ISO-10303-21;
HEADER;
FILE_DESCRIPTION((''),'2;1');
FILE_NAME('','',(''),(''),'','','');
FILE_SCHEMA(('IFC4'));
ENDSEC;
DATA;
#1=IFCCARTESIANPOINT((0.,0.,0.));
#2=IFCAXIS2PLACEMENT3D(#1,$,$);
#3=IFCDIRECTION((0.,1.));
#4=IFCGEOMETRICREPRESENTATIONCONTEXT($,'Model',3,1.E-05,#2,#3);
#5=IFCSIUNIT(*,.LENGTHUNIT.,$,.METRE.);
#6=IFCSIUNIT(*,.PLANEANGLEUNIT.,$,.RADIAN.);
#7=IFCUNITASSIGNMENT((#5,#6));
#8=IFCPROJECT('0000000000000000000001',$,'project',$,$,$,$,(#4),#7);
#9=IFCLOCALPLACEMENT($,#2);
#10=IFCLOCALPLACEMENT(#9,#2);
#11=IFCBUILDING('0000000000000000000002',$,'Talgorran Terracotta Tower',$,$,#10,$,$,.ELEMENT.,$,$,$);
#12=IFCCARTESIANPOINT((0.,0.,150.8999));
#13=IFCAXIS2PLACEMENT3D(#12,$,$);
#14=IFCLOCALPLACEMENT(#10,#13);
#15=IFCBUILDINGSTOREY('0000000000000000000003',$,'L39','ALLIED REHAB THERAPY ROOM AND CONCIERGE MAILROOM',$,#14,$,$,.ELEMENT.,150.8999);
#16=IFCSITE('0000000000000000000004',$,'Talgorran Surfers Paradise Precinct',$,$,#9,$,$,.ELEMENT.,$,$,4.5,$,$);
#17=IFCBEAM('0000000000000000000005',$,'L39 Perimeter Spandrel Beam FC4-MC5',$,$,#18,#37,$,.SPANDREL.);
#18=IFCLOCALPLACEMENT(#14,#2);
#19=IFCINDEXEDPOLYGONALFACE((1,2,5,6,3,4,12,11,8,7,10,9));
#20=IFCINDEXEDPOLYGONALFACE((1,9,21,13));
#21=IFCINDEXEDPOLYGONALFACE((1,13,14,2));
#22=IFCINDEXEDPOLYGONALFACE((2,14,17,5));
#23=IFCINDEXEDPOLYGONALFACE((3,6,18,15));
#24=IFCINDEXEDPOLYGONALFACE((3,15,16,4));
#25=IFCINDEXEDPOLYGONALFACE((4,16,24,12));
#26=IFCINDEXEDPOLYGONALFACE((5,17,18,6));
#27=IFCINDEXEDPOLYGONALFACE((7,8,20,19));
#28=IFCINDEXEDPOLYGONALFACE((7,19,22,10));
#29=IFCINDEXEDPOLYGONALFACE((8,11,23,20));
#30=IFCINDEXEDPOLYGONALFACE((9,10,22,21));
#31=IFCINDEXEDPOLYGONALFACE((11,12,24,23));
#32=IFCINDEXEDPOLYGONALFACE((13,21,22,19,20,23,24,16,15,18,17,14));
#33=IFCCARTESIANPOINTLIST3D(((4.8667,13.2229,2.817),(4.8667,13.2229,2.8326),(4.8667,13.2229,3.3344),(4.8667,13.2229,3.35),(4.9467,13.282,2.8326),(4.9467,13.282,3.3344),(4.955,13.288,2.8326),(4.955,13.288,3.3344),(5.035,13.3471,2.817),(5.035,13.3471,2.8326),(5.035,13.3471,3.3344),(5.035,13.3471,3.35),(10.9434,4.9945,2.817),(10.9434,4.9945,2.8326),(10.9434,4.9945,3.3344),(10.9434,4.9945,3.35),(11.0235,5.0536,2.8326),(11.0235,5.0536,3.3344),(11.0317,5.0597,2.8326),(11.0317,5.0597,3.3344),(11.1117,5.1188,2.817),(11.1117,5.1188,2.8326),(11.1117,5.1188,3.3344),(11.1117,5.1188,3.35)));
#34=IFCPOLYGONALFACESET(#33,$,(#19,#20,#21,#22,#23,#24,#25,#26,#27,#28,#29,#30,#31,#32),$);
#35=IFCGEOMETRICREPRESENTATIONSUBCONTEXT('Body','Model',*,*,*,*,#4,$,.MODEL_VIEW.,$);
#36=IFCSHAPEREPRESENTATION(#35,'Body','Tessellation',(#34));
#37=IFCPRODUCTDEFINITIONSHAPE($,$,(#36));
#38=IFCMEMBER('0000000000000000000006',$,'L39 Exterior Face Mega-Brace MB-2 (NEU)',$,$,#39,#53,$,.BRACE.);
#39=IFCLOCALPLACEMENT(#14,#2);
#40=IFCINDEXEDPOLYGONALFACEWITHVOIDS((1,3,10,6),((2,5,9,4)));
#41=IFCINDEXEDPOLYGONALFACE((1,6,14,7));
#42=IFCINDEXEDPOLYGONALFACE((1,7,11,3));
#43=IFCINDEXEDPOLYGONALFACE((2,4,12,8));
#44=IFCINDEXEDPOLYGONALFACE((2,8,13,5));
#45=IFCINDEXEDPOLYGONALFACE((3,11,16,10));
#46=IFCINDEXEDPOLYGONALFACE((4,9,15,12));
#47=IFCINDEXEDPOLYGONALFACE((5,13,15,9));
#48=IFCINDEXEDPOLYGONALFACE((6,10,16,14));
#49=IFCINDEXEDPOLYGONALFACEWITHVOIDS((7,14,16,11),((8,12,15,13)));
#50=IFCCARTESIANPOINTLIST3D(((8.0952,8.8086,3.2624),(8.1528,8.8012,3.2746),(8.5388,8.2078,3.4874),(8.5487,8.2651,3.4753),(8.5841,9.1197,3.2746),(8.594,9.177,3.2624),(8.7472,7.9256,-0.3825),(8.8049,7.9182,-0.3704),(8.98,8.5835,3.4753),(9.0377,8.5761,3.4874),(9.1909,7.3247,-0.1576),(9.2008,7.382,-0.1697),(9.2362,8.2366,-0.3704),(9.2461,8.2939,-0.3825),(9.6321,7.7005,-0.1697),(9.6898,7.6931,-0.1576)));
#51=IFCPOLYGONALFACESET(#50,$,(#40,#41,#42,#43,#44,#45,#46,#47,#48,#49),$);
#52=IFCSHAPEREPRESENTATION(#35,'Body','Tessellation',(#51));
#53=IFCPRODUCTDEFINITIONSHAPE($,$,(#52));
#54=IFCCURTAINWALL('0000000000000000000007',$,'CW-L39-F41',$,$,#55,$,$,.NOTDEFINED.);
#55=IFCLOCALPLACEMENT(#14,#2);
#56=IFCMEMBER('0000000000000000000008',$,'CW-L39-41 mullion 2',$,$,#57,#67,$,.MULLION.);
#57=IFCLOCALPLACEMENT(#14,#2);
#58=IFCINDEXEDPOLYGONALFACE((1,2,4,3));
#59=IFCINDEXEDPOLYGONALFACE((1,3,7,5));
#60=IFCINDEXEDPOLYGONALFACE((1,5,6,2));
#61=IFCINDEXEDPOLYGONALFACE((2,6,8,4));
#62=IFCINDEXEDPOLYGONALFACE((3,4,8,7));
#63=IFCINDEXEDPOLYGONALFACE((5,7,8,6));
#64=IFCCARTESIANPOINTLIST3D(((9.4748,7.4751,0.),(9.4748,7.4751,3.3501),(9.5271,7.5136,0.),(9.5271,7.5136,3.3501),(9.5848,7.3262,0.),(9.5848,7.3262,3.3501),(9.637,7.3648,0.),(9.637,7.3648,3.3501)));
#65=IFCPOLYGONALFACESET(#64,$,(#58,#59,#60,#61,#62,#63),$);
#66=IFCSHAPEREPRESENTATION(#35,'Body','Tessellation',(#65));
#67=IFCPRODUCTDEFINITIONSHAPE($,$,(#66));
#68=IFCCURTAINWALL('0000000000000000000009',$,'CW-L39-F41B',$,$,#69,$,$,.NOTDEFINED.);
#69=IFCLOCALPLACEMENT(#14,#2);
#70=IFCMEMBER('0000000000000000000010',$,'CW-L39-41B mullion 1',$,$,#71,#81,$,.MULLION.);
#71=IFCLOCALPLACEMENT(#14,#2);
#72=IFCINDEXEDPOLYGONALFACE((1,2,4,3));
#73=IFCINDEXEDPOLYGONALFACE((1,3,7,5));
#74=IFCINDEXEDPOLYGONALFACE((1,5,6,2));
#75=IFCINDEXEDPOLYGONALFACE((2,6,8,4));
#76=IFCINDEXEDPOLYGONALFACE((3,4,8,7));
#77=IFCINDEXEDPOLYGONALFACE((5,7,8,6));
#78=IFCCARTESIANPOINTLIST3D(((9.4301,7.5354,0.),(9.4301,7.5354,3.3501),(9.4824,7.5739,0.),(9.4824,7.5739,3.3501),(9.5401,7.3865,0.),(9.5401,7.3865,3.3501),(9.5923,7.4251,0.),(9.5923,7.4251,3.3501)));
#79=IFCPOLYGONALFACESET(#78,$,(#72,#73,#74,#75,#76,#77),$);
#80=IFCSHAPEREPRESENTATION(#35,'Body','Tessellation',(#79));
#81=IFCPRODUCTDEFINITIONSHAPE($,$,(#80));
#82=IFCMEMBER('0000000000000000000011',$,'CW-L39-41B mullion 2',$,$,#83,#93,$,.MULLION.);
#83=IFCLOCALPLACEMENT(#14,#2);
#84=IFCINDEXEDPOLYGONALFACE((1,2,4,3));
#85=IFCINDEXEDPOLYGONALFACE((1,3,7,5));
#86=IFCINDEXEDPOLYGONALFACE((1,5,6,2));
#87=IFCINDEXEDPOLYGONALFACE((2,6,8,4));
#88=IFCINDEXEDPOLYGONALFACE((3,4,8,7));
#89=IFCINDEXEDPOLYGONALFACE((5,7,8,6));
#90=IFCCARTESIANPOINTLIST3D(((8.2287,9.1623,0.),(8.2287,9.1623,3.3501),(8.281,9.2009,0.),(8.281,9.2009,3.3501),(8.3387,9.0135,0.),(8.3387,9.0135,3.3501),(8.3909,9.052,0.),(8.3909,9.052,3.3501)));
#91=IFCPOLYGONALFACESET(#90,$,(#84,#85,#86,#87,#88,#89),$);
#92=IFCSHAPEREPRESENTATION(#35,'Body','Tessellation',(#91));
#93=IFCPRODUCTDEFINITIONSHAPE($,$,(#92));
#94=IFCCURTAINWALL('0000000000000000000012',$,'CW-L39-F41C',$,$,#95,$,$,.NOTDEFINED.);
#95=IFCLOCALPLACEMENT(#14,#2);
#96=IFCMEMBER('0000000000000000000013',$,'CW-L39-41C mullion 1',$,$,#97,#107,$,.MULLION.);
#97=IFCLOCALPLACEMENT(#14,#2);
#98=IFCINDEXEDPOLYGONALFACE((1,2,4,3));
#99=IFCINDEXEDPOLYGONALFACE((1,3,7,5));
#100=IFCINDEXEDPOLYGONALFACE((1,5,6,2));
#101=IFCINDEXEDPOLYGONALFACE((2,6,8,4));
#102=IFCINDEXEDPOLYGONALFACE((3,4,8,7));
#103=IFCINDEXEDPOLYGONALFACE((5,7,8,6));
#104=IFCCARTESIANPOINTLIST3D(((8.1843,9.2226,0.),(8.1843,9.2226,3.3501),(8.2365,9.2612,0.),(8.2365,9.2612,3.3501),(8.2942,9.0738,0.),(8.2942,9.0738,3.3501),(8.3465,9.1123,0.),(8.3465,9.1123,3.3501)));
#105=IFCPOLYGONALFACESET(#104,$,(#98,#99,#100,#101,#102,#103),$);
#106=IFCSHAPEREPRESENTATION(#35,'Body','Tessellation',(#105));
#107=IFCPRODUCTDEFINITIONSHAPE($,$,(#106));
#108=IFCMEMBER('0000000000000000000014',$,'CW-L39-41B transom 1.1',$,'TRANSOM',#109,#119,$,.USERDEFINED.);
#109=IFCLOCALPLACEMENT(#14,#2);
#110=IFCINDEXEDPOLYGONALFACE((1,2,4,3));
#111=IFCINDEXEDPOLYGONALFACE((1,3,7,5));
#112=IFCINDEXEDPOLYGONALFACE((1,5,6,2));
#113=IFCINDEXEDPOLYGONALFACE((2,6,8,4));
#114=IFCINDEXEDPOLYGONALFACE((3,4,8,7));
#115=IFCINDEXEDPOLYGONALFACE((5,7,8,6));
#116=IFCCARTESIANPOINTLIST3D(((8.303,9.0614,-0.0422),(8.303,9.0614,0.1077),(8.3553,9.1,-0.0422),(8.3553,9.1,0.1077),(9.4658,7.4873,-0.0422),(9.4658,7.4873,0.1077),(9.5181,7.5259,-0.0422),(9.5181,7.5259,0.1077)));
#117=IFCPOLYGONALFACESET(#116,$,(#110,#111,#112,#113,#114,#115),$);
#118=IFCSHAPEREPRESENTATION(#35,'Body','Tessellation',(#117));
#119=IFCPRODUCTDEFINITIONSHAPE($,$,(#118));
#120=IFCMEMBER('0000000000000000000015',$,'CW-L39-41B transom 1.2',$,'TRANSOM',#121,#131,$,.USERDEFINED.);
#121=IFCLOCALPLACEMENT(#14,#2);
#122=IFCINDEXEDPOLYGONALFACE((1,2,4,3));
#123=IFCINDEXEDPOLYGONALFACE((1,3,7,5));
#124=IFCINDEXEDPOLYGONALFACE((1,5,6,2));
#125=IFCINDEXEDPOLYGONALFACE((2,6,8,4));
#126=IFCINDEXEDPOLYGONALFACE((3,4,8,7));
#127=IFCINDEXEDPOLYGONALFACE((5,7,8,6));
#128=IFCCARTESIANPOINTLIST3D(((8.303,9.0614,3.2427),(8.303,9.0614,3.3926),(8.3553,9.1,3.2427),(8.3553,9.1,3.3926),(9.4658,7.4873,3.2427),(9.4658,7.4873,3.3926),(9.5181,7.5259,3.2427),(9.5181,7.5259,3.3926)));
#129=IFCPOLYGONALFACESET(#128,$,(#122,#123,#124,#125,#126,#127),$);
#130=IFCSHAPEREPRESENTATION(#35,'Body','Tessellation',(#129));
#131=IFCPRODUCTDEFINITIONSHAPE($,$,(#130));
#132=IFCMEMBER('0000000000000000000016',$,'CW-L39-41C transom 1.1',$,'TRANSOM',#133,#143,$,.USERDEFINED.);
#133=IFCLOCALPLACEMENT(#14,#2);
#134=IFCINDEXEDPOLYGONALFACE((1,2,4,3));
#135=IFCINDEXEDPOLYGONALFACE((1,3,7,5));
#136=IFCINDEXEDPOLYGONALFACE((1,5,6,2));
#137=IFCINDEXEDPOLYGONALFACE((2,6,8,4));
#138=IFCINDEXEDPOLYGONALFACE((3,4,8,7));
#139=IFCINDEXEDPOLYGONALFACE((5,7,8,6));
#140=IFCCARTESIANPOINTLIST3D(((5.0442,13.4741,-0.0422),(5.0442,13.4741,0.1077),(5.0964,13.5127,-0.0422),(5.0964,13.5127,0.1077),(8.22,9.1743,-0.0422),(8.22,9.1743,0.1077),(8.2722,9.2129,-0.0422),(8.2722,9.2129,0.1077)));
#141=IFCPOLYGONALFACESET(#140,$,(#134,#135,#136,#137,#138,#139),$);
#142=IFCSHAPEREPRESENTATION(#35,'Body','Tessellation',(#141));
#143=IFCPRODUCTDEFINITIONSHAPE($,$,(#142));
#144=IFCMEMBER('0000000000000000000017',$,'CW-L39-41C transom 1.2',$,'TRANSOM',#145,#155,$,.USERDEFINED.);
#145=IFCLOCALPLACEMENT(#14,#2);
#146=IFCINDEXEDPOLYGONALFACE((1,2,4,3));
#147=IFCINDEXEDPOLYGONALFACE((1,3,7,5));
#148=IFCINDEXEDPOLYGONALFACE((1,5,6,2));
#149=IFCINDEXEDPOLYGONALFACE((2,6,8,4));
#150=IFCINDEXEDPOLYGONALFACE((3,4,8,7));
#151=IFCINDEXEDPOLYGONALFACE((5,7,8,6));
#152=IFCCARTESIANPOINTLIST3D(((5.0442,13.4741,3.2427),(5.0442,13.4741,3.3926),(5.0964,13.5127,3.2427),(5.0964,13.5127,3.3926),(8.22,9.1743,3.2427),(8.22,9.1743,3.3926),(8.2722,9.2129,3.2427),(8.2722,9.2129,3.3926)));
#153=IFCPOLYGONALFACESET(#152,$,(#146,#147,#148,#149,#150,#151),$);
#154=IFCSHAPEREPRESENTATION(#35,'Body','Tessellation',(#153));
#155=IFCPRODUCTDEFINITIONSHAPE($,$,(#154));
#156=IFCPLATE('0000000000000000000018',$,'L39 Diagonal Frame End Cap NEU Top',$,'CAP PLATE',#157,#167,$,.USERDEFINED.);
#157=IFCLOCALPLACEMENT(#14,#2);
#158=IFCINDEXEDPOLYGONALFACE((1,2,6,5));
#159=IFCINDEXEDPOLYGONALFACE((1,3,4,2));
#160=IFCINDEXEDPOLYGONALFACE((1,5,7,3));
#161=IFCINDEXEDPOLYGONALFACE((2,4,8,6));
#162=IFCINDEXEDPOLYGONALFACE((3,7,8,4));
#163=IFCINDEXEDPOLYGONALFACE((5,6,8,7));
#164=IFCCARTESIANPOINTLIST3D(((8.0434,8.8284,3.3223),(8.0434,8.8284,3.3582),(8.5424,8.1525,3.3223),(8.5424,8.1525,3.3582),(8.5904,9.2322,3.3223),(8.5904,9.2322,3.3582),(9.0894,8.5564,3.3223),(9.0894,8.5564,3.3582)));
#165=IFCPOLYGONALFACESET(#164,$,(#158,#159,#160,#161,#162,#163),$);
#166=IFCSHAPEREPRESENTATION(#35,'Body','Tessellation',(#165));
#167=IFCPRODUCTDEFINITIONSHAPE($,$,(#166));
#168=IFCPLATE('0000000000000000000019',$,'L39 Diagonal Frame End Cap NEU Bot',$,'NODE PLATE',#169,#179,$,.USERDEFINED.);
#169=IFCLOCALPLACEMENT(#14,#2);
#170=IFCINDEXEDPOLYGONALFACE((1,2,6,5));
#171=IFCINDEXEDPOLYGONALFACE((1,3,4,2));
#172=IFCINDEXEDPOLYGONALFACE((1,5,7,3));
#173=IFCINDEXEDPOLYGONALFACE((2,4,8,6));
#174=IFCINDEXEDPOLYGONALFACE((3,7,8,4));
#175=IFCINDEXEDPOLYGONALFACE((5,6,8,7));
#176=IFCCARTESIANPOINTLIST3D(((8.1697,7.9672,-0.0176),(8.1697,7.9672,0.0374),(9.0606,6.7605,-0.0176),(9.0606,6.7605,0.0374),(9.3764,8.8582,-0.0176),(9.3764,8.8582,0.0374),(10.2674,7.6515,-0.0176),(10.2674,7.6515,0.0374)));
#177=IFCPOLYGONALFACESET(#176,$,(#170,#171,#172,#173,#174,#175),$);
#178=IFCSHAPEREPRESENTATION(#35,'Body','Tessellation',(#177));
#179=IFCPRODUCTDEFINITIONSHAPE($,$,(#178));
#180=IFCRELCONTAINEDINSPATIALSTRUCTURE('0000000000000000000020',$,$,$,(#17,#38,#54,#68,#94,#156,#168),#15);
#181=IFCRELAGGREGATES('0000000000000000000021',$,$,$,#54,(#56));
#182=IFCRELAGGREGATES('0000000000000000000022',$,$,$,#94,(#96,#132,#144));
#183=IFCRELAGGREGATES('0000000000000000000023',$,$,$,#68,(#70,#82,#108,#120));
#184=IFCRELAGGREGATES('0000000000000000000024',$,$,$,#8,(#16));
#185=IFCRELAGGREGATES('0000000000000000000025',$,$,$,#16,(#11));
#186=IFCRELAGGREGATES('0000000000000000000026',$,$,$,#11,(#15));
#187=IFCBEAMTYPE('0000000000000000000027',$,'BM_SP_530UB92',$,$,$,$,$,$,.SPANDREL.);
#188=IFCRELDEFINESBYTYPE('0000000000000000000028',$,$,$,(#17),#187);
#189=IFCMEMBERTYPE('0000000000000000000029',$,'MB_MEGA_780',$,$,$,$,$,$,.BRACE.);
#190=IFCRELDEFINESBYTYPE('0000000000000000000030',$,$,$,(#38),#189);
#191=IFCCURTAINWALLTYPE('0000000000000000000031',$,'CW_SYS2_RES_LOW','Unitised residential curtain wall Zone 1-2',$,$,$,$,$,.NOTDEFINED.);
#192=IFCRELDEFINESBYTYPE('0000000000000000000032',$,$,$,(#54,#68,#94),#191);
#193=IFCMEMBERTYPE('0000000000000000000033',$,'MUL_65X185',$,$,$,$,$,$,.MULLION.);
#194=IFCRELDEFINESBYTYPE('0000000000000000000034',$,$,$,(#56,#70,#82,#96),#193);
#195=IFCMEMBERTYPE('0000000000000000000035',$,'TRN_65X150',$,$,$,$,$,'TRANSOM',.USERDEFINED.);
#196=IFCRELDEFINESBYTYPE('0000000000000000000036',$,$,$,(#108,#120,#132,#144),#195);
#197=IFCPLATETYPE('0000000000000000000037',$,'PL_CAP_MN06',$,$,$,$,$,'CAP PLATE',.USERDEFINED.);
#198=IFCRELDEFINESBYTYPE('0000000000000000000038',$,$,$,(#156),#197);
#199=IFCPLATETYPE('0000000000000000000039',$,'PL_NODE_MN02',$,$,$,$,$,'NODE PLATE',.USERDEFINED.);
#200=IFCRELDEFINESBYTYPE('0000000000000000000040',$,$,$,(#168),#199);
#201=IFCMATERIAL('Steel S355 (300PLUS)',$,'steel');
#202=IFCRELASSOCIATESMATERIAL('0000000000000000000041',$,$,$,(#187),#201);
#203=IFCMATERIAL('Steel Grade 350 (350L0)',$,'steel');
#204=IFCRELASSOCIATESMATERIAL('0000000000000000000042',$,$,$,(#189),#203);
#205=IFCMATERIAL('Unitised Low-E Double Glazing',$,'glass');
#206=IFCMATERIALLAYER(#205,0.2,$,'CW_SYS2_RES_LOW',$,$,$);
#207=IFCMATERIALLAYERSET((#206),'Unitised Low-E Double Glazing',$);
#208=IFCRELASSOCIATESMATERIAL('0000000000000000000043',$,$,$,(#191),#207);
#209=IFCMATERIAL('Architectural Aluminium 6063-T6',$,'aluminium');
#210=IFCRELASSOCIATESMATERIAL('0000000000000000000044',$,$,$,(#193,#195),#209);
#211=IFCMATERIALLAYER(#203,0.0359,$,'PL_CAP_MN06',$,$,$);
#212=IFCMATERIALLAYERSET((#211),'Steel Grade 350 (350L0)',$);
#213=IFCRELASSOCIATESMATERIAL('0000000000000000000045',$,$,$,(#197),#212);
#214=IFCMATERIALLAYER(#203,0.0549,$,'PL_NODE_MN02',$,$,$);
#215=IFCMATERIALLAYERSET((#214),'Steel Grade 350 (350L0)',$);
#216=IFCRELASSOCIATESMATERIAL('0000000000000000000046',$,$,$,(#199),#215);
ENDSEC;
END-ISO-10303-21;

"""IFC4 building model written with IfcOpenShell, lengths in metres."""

from ifc_helpers import new_model, si_unit, direction, frame, origin, origin_2d, place, context, subcontext, project, spatial, rectangle, hollow_rectangle, i_section, extrude, material, layer, layer_set, material_profile, profile_set, type_object, element, aggregate, save


model = new_model("IFC4")

# Units and contexts
model_context = context("Model", 3, precision=1e-05, world=origin(), true_north=direction((0.0, 1.0)))
body_context = subcontext(model_context, "Body", "Model", "MODEL_VIEW")
ifc_project = project(units=[si_unit("LENGTHUNIT", "METRE"), si_unit("PLANEANGLEUNIT", "RADIAN")], contexts=[model_context])

# Site, building, storey
site_placement = place(None, origin())
site = spatial("IfcSite", under=ifc_project, at=site_placement, Name="Talgorran Surfers Paradise Precinct", CompositionType="ELEMENT", RefElevation=4.5)
building_placement = place(site_placement, origin())
building = spatial("IfcBuilding", under=site, at=building_placement, Name="Talgorran Terracotta Tower", CompositionType="ELEMENT")
storey_placement = place(building_placement, frame((0.0, 0.0, 150.8999)))
storey = spatial("IfcBuildingStorey", under=building, at=storey_placement, Name="L39", Description="ALLIED REHAB THERAPY ROOM AND CONCIERGE MAILROOM", CompositionType="ELEMENT", Elevation=150.8999)

# Beam
ifc_material_1 = material(Name="Steel S355 (300PLUS)", Category="steel")
ifc_material_profile_1 = material_profile(ifc_material_1, i_section(OverallWidth=0.2092, OverallDepth=0.533, WebThickness=0.0103, FlangeThickness=0.0156, at=origin_2d()), Name="530UB92.4")
ifc_profile_set_1 = profile_set([ifc_material_profile_1], Name="Steel S355 (300PLUS)")
beam_type = type_object("IfcBeamType", Name="BM_SP_530UB92", PredefinedType="SPANDREL", material=ifc_profile_set_1)
beam_placement = place(storey_placement, frame((11.0276, 5.0566, 3.0835), z_axis=(-0.594068, 0.804415, 0.0), x_axis=(-0.804415, -0.594068, 0.0)))
element("IfcBeam", 1, at=beam_placement, inside=storey, type_object=beam_type, Name="L39 Perimeter Spandrel Beam FC4-MC5", PredefinedType="SPANDREL", context=body_context, shape_type="SweptSolid", body=[
    extrude(i_section(OverallWidth=0.2092, OverallDepth=0.533, WebThickness=0.0103, FlangeThickness=0.0156, at=origin_2d()), origin(), (0.0, 0.0, 1.0), 10.229),
])

# Member
ifc_material_2 = material(Name="Steel Grade 350 (350L0)", Category="steel")
ifc_material_profile_2 = material_profile(ifc_material_2, hollow_rectangle(XDim=0.6201, YDim=0.78, WallThickness=0.042, at=origin_2d()), Name="WBOX780X620X42")
ifc_profile_set_2 = profile_set([ifc_material_profile_2], Name="Steel Grade 350 (350L0)")
member_type_1 = type_object("IfcMemberType", Name="MB_MEGA_780", PredefinedType="BRACE", material=ifc_profile_set_2)
member_1_placement = place(storey_placement, frame((9.2185, 7.8093, -0.27), z_axis=(-0.171302, 0.231973, 0.95752), x_axis=(-0.804435, -0.594041, 0.0)))
element("IfcMember", 2, at=member_1_placement, inside=storey, type_object=member_type_1, Name="L39 Exterior Face Mega-Brace MB-2 (NEU)", PredefinedType="BRACE", context=body_context, shape_type="SweptSolid", body=[
    extrude(hollow_rectangle(XDim=0.6201, YDim=0.78, WallThickness=0.042, at=origin_2d()), origin(), (0.0, 0.0, 1.0), 3.8066),
])

# Curtain wall, member
ifc_material_3 = material(Name="Unitised Low-E Double Glazing", Category="glass")
ifc_layer_1 = layer(ifc_material_3, 0.2, Name="CW_SYS2_RES_LOW")
ifc_layer_set_1 = layer_set([ifc_layer_1], Name="Unitised Low-E Double Glazing")
curtain_wall_type = type_object("IfcCurtainWallType", Name="CW_SYS2_RES_LOW", Description="Unitised residential curtain wall Zone 1-2", PredefinedType="NOTDEFINED", material=ifc_layer_set_1)
curtain_wall_1_placement = place(storey_placement, origin())
curtain_wall_1 = element("IfcCurtainWall", 3, at=curtain_wall_1_placement, inside=storey, type_object=curtain_wall_type, Name="CW-L39-F41", PredefinedType="NOTDEFINED")
ifc_material_4 = material(Name="Architectural Aluminium 6063-T6", Category="aluminium")
ifc_material_profile_3 = material_profile(ifc_material_4, rectangle(XDim=0.0649, YDim=0.1851, at=origin_2d()), Name="CWM65X185")
ifc_profile_set_3 = profile_set([ifc_material_profile_3], Name="Architectural Aluminium 6063-T6")
member_type_2 = type_object("IfcMemberType", Name="MUL_65X185", PredefinedType="MULLION", material=ifc_profile_set_3)
member_2_placement = place(storey_placement, frame((9.5559, 7.4199, 0.0), z_axis=(0.0, 0.0, 1.0), x_axis=(-0.804411, -0.594074, 0.0)))
member_2 = element("IfcMember", 4, at=member_2_placement, type_object=member_type_2, Name="CW-L39-41 mullion 2", PredefinedType="MULLION", context=body_context, shape_type="SweptSolid", body=[
    extrude(rectangle(XDim=0.0649, YDim=0.1851, at=origin_2d()), origin(), (0.0, 0.0, 1.0), 3.3501),
])
aggregate(curtain_wall_1, [member_2])

# Curtain wall, members
curtain_wall_2_placement = place(storey_placement, origin())
curtain_wall_2 = element("IfcCurtainWall", 5, at=curtain_wall_2_placement, inside=storey, type_object=curtain_wall_type, Name="CW-L39-F41B", PredefinedType="NOTDEFINED")
member_3_placement = place(storey_placement, frame((9.5112, 7.4802, 0.0), z_axis=(0.0, 0.0, 1.0), x_axis=(-0.804405, -0.594081, 0.0)))
member_3 = element("IfcMember", 6, at=member_3_placement, type_object=member_type_2, Name="CW-L39-41B mullion 1", PredefinedType="MULLION", context=body_context, shape_type="SweptSolid", body=[
    extrude(rectangle(XDim=0.0649, YDim=0.1851, at=origin_2d()), origin(), (0.0, 0.0, 1.0), 3.3501),
])
member_4_placement = place(storey_placement, frame((8.3098, 9.1072, 0.0), z_axis=(0.0, 0.0, 1.0), x_axis=(-0.804405, -0.594081, 0.0)))
member_4 = element("IfcMember", 7, at=member_4_placement, type_object=member_type_2, Name="CW-L39-41B mullion 2", PredefinedType="MULLION", context=body_context, shape_type="SweptSolid", body=[
    extrude(rectangle(XDim=0.0649, YDim=0.1851, at=origin_2d()), origin(), (0.0, 0.0, 1.0), 3.3501),
])

# Curtain wall, member
curtain_wall_3_placement = place(storey_placement, origin())
curtain_wall_3 = element("IfcCurtainWall", 8, at=curtain_wall_3_placement, inside=storey, type_object=curtain_wall_type, Name="CW-L39-F41C", PredefinedType="NOTDEFINED")
member_5_placement = place(storey_placement, frame((8.2654, 9.1675, 0.0), z_axis=(0.0, 0.0, 1.0), x_axis=(-0.804405, -0.594081, 0.0)))
member_5 = element("IfcMember", 9, at=member_5_placement, type_object=member_type_2, Name="CW-L39-41C mullion 1", PredefinedType="MULLION", context=body_context, shape_type="SweptSolid", body=[
    extrude(rectangle(XDim=0.0649, YDim=0.1851, at=origin_2d()), origin(), (0.0, 0.0, 1.0), 3.3501),
])

# Members
ifc_material_profile_4 = material_profile(ifc_material_4, rectangle(XDim=0.0649, YDim=0.1499, at=origin_2d()), Name="CWT65X150")
ifc_profile_set_4 = profile_set([ifc_material_profile_4], Name="Architectural Aluminium 6063-T6")
member_type_3 = type_object("IfcMemberType", Name="TRN_65X150", ElementType="TRANSOM", PredefinedType="USERDEFINED", material=ifc_profile_set_4)
member_6_placement = place(storey_placement, frame((9.4919, 7.5066, 0.0327), z_axis=(-0.594156, 0.80435, 0.0), x_axis=(-0.80435, -0.594156, 0.0)))
member_6 = element("IfcMember", 10, at=member_6_placement, type_object=member_type_3, Name="CW-L39-41B transom 1.1", ObjectType="TRANSOM", PredefinedType="USERDEFINED", context=body_context, shape_type="SweptSolid", body=[
    extrude(rectangle(XDim=0.0649, YDim=0.1499, at=origin_2d()), origin(), (0.0, 0.0, 1.0), 1.957),
])
member_7_placement = place(storey_placement, frame((9.4919, 7.5066, 3.3176), z_axis=(-0.594156, 0.80435, 0.0), x_axis=(-0.80435, -0.594156, 0.0)))
member_7 = element("IfcMember", 11, at=member_7_placement, type_object=member_type_3, Name="CW-L39-41B transom 1.2", ObjectType="TRANSOM", PredefinedType="USERDEFINED", context=body_context, shape_type="SweptSolid", body=[
    extrude(rectangle(XDim=0.0649, YDim=0.1499, at=origin_2d()), origin(), (0.0, 0.0, 1.0), 1.957),
])
member_8_placement = place(storey_placement, frame((8.2461, 9.1936, 0.0327), z_axis=(-0.594109, 0.804385, 0.0), x_axis=(-0.804385, -0.594109, 0.0)))
member_8 = element("IfcMember", 12, at=member_8_placement, type_object=member_type_3, Name="CW-L39-41C transom 1.1", ObjectType="TRANSOM", PredefinedType="USERDEFINED", context=body_context, shape_type="SweptSolid", body=[
    extrude(rectangle(XDim=0.0649, YDim=0.1499, at=origin_2d()), origin(), (0.0, 0.0, 1.0), 5.3455),
])
member_9_placement = place(storey_placement, frame((8.2461, 9.1936, 3.3176), z_axis=(-0.594109, 0.804385, 0.0), x_axis=(-0.804385, -0.594109, 0.0)))
member_9 = element("IfcMember", 13, at=member_9_placement, type_object=member_type_3, Name="CW-L39-41C transom 1.2", ObjectType="TRANSOM", PredefinedType="USERDEFINED", context=body_context, shape_type="SweptSolid", body=[
    extrude(rectangle(XDim=0.0649, YDim=0.1499, at=origin_2d()), origin(), (0.0, 0.0, 1.0), 5.3455),
])
aggregate(curtain_wall_3, [member_5, member_8, member_9])

# Plates
ifc_layer_2 = layer(ifc_material_2, 0.0359, Name="PL_CAP_MN06")
ifc_layer_set_2 = layer_set([ifc_layer_2], Name="Steel Grade 350 (350L0)")
plate_type_1 = type_object("IfcPlateType", Name="PL_CAP_MN06", ElementType="CAP PLATE", PredefinedType="USERDEFINED", material=ifc_layer_set_2)
plate_1_placement = place(storey_placement, frame((8.5664, 8.6924, 3.3223), z_axis=(0.0, 0.0, 1.0), x_axis=(-0.593981, 0.804479, 0.0)))
element("IfcPlate", 14, at=plate_1_placement, inside=storey, type_object=plate_type_1, Name="L39 Diagonal Frame End Cap NEU Top", ObjectType="CAP PLATE", PredefinedType="USERDEFINED", context=body_context, shape_type="SweptSolid", body=[
    extrude(rectangle(XDim=0.8401, YDim=0.6799, at=origin_2d()), origin(), (0.0, 0.0, 1.0), 0.0359),
])
ifc_layer_3 = layer(ifc_material_2, 0.0549, Name="PL_NODE_MN02")
ifc_layer_set_3 = layer_set([ifc_layer_3], Name="Steel Grade 350 (350L0)")
plate_type_2 = type_object("IfcPlateType", Name="PL_NODE_MN02", ElementType="NODE PLATE", PredefinedType="USERDEFINED", material=ifc_layer_set_3)
plate_2_placement = place(storey_placement, frame((9.2185, 7.8093, -0.0176), z_axis=(0.0, 0.0, 1.0), x_axis=(-0.593981, 0.804479, 0.0)))
element("IfcPlate", 15, at=plate_2_placement, inside=storey, type_object=plate_type_2, Name="L39 Diagonal Frame End Cap NEU Bot", ObjectType="NODE PLATE", PredefinedType="USERDEFINED", context=body_context, shape_type="SweptSolid", body=[
    extrude(rectangle(XDim=1.5, YDim=1.5, at=origin_2d()), origin(), (0.0, 0.0, 1.0), 0.0549),
])

aggregate(curtain_wall_2, [member_3, member_4, member_6, member_7])

save(model, "model.ifc")
